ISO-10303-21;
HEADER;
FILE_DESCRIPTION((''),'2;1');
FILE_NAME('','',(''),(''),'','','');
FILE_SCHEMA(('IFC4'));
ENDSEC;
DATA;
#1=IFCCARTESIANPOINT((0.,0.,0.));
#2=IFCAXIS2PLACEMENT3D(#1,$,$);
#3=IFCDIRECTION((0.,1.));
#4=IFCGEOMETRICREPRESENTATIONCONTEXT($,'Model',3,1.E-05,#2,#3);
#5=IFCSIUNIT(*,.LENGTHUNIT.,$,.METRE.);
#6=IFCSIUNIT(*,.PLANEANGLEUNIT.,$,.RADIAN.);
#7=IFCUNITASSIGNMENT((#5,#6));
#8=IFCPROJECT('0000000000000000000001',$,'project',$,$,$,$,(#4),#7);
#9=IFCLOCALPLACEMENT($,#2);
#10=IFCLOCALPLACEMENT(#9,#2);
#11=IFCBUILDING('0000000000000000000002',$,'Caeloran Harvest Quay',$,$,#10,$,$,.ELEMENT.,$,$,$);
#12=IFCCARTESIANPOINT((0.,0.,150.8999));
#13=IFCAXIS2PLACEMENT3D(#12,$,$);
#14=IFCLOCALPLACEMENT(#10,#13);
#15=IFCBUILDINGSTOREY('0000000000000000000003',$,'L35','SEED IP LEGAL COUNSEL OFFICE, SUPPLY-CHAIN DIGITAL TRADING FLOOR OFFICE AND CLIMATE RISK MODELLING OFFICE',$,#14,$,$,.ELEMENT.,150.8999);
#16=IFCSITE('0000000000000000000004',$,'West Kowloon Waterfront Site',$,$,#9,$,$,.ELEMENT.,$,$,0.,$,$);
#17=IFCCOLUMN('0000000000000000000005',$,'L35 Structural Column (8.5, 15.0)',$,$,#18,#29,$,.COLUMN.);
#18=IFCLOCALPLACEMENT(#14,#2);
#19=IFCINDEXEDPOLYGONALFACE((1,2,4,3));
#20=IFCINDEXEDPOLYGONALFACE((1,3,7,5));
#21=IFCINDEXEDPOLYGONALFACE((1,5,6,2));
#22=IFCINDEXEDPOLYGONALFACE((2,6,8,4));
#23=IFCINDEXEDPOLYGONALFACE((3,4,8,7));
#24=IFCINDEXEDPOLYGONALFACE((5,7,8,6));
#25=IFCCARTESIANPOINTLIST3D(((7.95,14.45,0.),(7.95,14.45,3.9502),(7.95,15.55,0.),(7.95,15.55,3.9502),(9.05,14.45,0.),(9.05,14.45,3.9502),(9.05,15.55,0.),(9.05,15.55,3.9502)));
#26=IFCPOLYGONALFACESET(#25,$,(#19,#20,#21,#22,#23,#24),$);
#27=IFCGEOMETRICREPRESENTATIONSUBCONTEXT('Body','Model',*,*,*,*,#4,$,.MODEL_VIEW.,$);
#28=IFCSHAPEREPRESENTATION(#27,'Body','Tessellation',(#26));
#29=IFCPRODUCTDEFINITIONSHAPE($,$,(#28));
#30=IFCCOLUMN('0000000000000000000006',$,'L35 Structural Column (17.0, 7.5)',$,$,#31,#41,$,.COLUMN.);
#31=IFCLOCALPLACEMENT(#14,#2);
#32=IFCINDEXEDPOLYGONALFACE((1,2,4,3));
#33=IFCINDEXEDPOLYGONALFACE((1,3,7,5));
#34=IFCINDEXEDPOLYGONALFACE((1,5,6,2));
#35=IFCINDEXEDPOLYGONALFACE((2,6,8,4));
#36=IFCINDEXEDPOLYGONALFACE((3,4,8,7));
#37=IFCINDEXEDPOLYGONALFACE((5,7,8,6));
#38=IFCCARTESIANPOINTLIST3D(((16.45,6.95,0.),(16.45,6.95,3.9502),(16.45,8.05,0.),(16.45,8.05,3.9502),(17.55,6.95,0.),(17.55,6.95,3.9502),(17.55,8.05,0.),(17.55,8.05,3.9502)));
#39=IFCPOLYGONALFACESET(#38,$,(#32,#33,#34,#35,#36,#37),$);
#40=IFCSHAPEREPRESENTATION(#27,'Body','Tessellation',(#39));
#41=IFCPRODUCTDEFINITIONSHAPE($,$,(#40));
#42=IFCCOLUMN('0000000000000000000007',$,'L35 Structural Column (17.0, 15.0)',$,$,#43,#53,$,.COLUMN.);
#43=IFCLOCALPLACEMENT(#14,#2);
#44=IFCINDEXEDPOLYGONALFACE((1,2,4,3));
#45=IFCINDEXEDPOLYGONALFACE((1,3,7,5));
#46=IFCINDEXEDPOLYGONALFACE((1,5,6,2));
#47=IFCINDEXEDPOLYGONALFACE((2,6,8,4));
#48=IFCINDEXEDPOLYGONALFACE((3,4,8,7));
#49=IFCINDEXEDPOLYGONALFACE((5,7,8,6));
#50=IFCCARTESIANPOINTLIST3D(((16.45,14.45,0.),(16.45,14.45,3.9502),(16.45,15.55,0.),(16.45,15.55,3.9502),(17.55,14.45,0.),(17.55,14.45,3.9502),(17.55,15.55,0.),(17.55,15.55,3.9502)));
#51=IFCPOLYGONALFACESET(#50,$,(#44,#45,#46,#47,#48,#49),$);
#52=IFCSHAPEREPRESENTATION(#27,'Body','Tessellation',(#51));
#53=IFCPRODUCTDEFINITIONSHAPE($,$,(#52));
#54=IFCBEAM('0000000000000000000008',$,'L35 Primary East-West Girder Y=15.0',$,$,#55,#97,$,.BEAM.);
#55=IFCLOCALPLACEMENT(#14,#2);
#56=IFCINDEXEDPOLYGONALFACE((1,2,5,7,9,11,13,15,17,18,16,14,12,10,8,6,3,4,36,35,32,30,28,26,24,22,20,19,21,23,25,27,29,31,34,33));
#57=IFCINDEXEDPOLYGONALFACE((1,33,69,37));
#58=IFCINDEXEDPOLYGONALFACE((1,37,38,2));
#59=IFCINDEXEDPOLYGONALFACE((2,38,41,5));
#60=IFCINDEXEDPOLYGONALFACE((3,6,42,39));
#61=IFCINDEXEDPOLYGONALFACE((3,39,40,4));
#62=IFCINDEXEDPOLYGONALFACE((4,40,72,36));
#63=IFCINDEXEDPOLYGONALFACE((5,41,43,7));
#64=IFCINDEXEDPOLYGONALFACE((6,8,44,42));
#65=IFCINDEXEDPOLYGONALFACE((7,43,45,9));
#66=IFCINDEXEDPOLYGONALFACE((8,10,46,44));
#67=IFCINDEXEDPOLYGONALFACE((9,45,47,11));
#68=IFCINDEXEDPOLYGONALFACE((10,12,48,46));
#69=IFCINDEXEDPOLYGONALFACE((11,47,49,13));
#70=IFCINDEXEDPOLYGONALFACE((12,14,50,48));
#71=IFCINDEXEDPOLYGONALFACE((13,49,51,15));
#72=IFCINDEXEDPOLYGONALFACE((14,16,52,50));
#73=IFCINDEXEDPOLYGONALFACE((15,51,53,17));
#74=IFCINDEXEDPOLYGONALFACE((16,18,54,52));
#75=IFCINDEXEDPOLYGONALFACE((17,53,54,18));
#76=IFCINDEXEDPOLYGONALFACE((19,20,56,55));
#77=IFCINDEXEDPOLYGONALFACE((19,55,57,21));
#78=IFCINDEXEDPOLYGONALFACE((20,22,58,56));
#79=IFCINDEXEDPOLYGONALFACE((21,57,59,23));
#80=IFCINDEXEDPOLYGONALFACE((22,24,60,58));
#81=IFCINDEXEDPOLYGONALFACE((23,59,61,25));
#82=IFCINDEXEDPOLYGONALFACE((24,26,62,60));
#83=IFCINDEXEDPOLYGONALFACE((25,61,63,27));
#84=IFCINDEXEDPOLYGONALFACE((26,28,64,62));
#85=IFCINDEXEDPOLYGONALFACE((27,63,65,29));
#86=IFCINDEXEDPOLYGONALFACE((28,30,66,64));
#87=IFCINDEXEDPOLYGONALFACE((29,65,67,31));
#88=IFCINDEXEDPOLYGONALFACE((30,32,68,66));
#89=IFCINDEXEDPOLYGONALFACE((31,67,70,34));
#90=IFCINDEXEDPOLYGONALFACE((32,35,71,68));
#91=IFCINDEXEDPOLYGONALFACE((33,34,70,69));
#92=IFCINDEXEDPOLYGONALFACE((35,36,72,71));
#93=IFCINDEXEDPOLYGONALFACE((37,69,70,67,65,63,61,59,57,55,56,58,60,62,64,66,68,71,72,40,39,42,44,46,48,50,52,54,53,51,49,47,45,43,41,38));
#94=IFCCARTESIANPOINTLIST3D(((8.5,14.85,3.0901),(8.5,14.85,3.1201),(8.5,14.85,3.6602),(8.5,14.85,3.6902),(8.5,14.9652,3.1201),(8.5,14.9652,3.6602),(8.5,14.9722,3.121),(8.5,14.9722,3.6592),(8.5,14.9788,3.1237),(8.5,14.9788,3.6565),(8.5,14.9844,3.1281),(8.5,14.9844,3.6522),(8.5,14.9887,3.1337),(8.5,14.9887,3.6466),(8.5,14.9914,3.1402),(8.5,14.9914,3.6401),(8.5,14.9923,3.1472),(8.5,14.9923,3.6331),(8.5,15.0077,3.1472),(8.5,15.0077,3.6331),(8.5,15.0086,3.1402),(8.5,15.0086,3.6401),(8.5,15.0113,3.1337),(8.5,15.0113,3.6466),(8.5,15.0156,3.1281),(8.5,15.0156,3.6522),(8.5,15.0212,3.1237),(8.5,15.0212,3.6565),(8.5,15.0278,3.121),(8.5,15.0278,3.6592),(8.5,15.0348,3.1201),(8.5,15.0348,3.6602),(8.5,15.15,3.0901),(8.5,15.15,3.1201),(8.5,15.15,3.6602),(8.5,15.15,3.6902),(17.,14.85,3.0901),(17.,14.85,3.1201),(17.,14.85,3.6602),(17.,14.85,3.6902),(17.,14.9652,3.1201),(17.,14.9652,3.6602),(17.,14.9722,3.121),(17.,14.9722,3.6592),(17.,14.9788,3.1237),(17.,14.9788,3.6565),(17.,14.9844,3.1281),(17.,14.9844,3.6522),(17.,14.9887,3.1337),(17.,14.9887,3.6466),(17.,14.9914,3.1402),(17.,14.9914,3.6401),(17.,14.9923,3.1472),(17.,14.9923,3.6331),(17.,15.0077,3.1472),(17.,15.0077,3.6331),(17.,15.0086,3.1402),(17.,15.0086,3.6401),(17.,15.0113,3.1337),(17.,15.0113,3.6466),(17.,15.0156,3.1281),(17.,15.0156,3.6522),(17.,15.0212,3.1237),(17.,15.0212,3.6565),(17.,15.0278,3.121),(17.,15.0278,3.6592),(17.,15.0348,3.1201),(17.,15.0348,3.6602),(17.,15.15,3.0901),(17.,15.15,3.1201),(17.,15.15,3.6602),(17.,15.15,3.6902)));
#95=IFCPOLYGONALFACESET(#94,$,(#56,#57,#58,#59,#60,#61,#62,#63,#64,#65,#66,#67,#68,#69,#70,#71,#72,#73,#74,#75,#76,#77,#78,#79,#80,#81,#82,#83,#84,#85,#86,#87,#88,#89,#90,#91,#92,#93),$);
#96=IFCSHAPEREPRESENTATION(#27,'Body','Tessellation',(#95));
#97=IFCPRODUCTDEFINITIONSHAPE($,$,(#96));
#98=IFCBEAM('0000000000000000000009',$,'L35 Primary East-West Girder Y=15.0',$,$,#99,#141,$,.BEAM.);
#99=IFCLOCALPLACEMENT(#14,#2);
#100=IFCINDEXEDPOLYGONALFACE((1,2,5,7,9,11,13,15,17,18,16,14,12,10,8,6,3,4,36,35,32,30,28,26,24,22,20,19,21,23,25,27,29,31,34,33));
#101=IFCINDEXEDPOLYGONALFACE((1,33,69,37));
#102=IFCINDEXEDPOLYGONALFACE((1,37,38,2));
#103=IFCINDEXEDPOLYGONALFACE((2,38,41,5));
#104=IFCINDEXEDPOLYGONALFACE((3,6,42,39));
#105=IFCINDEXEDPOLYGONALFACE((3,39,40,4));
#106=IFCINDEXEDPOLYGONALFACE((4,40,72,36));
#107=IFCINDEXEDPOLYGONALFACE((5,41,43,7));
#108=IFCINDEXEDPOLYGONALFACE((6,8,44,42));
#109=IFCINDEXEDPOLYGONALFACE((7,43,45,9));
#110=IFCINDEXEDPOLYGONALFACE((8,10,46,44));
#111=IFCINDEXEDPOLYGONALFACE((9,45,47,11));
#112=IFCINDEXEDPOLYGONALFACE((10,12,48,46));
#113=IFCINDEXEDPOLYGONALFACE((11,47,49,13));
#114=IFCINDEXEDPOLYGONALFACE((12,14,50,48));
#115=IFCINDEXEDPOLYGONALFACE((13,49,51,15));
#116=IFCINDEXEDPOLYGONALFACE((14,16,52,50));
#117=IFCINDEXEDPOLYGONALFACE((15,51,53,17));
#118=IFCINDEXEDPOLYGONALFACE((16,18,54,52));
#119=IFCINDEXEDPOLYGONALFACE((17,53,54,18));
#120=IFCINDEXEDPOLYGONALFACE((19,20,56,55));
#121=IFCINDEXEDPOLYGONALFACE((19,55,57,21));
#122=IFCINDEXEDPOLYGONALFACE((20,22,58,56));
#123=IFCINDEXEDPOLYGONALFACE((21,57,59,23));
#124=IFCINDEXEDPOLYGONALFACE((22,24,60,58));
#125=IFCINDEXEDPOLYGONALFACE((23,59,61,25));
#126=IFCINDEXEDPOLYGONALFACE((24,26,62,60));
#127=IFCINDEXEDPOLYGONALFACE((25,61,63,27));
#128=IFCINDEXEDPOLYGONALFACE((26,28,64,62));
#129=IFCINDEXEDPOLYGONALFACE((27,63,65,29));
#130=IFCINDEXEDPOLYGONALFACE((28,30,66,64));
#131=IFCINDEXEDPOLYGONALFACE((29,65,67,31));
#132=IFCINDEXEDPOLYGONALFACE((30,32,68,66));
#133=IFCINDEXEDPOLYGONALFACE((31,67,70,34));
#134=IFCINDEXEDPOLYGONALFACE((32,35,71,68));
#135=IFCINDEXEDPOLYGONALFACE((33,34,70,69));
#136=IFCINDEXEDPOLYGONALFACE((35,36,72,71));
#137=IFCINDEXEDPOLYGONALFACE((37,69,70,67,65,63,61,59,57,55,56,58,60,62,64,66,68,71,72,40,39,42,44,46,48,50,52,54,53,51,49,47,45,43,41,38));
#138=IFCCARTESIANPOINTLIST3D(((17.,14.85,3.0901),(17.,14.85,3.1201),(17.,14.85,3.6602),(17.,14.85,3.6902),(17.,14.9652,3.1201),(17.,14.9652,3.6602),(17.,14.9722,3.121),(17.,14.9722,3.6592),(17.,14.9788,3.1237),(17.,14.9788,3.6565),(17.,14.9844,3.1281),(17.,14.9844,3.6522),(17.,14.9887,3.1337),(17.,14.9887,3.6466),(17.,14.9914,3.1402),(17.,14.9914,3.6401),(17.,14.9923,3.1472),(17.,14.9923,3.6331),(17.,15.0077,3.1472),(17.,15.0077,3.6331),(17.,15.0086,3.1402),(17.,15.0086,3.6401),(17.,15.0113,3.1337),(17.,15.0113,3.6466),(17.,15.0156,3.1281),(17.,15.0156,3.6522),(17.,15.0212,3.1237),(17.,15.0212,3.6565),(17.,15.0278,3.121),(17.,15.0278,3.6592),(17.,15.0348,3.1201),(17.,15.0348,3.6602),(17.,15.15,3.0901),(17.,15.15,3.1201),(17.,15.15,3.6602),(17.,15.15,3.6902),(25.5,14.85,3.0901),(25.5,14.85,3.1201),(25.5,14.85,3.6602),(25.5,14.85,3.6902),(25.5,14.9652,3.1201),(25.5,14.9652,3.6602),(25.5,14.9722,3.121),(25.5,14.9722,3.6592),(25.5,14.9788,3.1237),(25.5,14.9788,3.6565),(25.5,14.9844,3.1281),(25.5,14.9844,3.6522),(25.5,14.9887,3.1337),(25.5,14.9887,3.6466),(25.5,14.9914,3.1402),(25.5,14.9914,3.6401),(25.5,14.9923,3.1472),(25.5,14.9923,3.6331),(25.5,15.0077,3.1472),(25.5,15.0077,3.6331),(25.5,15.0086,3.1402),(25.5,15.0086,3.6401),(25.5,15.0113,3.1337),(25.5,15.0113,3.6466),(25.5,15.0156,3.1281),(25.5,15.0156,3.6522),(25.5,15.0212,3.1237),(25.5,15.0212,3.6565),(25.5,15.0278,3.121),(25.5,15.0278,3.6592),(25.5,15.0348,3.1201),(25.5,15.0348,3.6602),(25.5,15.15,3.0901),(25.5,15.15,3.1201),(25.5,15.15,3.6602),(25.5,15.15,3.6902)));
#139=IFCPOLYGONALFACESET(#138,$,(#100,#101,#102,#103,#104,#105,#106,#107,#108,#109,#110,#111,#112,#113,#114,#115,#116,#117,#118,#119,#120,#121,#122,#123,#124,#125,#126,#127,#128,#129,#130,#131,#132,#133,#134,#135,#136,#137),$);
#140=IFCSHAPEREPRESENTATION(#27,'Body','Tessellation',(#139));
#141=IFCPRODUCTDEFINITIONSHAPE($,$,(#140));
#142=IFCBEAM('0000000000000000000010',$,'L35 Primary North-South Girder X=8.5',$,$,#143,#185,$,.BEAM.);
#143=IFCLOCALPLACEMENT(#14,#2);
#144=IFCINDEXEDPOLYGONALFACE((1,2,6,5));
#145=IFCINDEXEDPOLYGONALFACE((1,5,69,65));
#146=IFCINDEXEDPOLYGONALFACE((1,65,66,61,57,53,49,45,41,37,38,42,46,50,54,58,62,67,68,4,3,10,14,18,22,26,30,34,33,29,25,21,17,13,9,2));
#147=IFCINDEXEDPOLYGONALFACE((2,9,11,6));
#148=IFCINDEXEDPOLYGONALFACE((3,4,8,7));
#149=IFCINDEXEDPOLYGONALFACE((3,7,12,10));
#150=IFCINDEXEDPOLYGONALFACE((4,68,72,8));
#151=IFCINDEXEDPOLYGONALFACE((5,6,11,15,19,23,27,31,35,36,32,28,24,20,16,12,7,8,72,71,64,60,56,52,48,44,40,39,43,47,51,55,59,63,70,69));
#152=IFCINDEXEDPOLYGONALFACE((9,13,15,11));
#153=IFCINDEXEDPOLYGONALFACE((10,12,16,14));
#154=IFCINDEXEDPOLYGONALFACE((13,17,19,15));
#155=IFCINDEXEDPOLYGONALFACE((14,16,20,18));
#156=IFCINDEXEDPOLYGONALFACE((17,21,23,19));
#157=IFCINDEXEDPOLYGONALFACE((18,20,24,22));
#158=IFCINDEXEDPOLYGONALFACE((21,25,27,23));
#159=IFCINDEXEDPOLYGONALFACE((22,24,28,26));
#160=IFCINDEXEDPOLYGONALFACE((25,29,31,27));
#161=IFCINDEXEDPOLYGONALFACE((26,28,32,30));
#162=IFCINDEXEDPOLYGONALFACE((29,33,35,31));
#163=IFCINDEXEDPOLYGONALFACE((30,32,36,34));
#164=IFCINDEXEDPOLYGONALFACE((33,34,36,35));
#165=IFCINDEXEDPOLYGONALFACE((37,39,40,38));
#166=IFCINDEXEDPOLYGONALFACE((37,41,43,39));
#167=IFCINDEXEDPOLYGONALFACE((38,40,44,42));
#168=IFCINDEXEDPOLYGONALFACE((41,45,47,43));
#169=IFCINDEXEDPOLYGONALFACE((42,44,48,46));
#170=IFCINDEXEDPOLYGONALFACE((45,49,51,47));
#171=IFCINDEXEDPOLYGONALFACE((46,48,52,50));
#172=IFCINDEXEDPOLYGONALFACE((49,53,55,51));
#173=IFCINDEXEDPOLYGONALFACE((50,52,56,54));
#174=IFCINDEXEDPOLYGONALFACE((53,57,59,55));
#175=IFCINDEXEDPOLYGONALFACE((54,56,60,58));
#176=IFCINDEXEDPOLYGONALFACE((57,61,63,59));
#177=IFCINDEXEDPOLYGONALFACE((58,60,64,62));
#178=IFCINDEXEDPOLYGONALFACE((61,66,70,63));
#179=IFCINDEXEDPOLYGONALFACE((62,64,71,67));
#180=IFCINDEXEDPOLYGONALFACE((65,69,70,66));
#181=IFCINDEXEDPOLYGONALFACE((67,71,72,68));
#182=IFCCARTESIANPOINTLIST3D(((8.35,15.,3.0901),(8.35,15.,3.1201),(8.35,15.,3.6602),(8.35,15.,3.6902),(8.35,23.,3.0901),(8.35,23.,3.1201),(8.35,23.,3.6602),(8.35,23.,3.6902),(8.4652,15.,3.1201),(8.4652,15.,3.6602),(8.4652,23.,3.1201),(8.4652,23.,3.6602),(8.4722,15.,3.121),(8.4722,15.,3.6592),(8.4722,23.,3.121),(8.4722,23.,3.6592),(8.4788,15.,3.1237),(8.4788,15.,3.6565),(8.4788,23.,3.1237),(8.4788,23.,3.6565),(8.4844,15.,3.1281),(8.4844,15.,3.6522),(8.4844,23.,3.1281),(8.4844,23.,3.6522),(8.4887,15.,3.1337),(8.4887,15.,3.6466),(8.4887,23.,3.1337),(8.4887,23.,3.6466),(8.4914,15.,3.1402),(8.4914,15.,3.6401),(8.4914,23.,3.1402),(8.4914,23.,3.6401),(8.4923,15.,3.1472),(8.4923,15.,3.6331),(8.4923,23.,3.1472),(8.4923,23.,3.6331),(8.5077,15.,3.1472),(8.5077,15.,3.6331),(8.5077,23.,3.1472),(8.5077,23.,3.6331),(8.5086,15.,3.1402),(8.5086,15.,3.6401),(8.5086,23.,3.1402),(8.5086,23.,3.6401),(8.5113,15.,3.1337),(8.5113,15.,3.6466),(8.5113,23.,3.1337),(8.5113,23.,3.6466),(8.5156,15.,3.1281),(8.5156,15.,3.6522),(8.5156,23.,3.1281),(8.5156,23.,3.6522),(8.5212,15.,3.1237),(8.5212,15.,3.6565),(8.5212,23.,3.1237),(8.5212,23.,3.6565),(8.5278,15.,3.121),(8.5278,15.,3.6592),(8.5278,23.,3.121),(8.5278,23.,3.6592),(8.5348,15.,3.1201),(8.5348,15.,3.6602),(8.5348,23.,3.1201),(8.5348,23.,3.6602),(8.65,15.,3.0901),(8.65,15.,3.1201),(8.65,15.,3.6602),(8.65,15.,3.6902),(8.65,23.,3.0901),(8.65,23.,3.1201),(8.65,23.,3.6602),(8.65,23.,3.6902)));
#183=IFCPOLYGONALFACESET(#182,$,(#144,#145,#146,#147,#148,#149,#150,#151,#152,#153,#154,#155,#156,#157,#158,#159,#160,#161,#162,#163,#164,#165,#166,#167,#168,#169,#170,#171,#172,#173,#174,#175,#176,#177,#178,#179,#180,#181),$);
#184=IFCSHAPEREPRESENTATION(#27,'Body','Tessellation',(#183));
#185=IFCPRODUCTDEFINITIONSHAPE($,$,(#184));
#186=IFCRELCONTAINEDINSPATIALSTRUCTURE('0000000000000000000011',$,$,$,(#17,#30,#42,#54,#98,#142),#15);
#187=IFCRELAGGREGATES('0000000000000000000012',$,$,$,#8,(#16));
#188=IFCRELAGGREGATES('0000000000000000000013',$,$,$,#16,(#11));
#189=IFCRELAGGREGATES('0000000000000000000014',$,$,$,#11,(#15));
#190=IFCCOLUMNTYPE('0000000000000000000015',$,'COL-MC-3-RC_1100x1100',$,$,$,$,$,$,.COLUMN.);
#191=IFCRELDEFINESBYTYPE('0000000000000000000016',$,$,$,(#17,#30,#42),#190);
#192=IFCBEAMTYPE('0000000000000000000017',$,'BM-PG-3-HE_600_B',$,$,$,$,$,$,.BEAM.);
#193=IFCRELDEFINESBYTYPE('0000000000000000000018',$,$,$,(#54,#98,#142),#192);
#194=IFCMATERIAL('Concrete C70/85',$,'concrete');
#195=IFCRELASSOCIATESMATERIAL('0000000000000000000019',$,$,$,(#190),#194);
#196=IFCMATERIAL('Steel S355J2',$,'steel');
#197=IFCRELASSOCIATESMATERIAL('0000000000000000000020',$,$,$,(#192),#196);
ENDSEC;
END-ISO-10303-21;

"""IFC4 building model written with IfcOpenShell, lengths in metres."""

from ifc_helpers import new_model, si_unit, direction, frame, origin, origin_2d, place, context, subcontext, project, spatial, rectangle, i_section, extrude, material, material_profile, profile_set, type_object, element, save


model = new_model("IFC4")

# Units and contexts
model_context = context("Model", 3, precision=1e-05, world=origin(), true_north=direction((0.0, 1.0)))
body_context = subcontext(model_context, "Body", "Model", "MODEL_VIEW")
ifc_project = project(units=[si_unit("LENGTHUNIT", "METRE"), si_unit("PLANEANGLEUNIT", "RADIAN")], contexts=[model_context])

# Site, building, storey
site_placement = place(None, origin())
site = spatial("IfcSite", under=ifc_project, at=site_placement, Name="West Kowloon Waterfront Site", CompositionType="ELEMENT", RefElevation=0.0)
building_placement = place(site_placement, origin())
building = spatial("IfcBuilding", under=site, at=building_placement, Name="Caeloran Harvest Quay", CompositionType="ELEMENT")
storey_placement = place(building_placement, frame((0.0, 0.0, 150.8999)))
storey = spatial("IfcBuildingStorey", under=building, at=storey_placement, Name="L35", Description="SEED IP LEGAL COUNSEL OFFICE, SUPPLY-CHAIN DIGITAL TRADING FLOOR OFFICE AND CLIMATE RISK MODELLING OFFICE", CompositionType="ELEMENT", Elevation=150.8999)

# Columns
ifc_material_1 = material(Name="Concrete C70/85", Category="concrete")
ifc_material_profile_1 = material_profile(ifc_material_1, rectangle(XDim=1.1001, YDim=1.1001, at=origin_2d()), Name="RC 1100x1100")
ifc_profile_set_1 = profile_set([ifc_material_profile_1], Name="Concrete C70/85")
column_type = type_object("IfcColumnType", Name="COL-MC-3-RC_1100x1100", PredefinedType="COLUMN", material=ifc_profile_set_1)
for number, where, z_axis, x_axis, name in (
    (1, (8.5, 15.0, 0.0), (0.0, 0.0, 1.0), (1.0, 0.0, 0.0), "L35 Structural Column (8.5, 15.0)"),
    (2, (17.0, 7.5, 0.0), (0.0, 0.0, 1.0), (1.0, 0.0, 0.0), "L35 Structural Column (17.0, 7.5)"),
    (3, (17.0, 15.0, 0.0), (0.0, 0.0, 1.0), (1.0, 0.0, 0.0), "L35 Structural Column (17.0, 15.0)"),
):
    element("IfcColumn", number, at=place(storey_placement, frame(where, z_axis=z_axis, x_axis=x_axis)), inside=storey, type_object=column_type, Name=name, PredefinedType="COLUMN", context=body_context, shape_type="SweptSolid", body=[
        extrude(rectangle(XDim=1.1001, YDim=1.1001, at=origin_2d()), origin(), (0.0, 0.0, 1.0), 3.9502),
    ])

# Beams
ifc_material_2 = material(Name="Steel S355J2", Category="steel")
ifc_material_profile_2 = material_profile(ifc_material_2, i_section(OverallWidth=0.3, OverallDepth=0.6001, WebThickness=0.0154, FlangeThickness=0.03, FilletRadius=0.0271, at=origin_2d()), Name="HE 600 B")
ifc_profile_set_2 = profile_set([ifc_material_profile_2], Name="Steel S355J2")
beam_type_1 = type_object("IfcBeamType", Name="BM-PG-3-HE_600_B", PredefinedType="BEAM", material=ifc_profile_set_2)
for number, where, z_axis, x_axis, name in (
    (4, (8.5, 15.0, 3.3901), (1.0, 0.0, 0.0), (0.0, 1.0, 0.0), "L35 Primary East-West Girder Y=15.0"),
    (5, (17.0, 15.0, 3.3901), (1.0, 0.0, 0.0), (0.0, 1.0, 0.0), "L35 Primary East-West Girder Y=15.0"),
):
    element("IfcBeam", number, at=place(storey_placement, frame(where, z_axis=z_axis, x_axis=x_axis)), inside=storey, type_object=beam_type_1, Name=name, PredefinedType="BEAM", context=body_context, shape_type="SweptSolid", body=[
        extrude(i_section(OverallWidth=0.3, OverallDepth=0.6001, WebThickness=0.0154, FlangeThickness=0.03, FilletRadius=0.0271, at=origin_2d()), origin(), (0.0, 0.0, 1.0), 8.5),
    ])
beam_1_placement = place(storey_placement, frame((8.5, 15.0, 3.3901), z_axis=(0.0, 1.0, 0.0), x_axis=(-1.0, 0.0, 0.0)))
element("IfcBeam", 6, at=beam_1_placement, inside=storey, type_object=beam_type_1, Name="L35 Primary North-South Girder X=8.5", PredefinedType="BEAM", context=body_context, shape_type="SweptSolid", body=[
    extrude(i_section(OverallWidth=0.3, OverallDepth=0.6001, WebThickness=0.0154, FlangeThickness=0.03, FilletRadius=0.0271, at=origin_2d()), origin(), (0.0, 0.0, 1.0), 8.0),
])

save(model, "model.ifc")
